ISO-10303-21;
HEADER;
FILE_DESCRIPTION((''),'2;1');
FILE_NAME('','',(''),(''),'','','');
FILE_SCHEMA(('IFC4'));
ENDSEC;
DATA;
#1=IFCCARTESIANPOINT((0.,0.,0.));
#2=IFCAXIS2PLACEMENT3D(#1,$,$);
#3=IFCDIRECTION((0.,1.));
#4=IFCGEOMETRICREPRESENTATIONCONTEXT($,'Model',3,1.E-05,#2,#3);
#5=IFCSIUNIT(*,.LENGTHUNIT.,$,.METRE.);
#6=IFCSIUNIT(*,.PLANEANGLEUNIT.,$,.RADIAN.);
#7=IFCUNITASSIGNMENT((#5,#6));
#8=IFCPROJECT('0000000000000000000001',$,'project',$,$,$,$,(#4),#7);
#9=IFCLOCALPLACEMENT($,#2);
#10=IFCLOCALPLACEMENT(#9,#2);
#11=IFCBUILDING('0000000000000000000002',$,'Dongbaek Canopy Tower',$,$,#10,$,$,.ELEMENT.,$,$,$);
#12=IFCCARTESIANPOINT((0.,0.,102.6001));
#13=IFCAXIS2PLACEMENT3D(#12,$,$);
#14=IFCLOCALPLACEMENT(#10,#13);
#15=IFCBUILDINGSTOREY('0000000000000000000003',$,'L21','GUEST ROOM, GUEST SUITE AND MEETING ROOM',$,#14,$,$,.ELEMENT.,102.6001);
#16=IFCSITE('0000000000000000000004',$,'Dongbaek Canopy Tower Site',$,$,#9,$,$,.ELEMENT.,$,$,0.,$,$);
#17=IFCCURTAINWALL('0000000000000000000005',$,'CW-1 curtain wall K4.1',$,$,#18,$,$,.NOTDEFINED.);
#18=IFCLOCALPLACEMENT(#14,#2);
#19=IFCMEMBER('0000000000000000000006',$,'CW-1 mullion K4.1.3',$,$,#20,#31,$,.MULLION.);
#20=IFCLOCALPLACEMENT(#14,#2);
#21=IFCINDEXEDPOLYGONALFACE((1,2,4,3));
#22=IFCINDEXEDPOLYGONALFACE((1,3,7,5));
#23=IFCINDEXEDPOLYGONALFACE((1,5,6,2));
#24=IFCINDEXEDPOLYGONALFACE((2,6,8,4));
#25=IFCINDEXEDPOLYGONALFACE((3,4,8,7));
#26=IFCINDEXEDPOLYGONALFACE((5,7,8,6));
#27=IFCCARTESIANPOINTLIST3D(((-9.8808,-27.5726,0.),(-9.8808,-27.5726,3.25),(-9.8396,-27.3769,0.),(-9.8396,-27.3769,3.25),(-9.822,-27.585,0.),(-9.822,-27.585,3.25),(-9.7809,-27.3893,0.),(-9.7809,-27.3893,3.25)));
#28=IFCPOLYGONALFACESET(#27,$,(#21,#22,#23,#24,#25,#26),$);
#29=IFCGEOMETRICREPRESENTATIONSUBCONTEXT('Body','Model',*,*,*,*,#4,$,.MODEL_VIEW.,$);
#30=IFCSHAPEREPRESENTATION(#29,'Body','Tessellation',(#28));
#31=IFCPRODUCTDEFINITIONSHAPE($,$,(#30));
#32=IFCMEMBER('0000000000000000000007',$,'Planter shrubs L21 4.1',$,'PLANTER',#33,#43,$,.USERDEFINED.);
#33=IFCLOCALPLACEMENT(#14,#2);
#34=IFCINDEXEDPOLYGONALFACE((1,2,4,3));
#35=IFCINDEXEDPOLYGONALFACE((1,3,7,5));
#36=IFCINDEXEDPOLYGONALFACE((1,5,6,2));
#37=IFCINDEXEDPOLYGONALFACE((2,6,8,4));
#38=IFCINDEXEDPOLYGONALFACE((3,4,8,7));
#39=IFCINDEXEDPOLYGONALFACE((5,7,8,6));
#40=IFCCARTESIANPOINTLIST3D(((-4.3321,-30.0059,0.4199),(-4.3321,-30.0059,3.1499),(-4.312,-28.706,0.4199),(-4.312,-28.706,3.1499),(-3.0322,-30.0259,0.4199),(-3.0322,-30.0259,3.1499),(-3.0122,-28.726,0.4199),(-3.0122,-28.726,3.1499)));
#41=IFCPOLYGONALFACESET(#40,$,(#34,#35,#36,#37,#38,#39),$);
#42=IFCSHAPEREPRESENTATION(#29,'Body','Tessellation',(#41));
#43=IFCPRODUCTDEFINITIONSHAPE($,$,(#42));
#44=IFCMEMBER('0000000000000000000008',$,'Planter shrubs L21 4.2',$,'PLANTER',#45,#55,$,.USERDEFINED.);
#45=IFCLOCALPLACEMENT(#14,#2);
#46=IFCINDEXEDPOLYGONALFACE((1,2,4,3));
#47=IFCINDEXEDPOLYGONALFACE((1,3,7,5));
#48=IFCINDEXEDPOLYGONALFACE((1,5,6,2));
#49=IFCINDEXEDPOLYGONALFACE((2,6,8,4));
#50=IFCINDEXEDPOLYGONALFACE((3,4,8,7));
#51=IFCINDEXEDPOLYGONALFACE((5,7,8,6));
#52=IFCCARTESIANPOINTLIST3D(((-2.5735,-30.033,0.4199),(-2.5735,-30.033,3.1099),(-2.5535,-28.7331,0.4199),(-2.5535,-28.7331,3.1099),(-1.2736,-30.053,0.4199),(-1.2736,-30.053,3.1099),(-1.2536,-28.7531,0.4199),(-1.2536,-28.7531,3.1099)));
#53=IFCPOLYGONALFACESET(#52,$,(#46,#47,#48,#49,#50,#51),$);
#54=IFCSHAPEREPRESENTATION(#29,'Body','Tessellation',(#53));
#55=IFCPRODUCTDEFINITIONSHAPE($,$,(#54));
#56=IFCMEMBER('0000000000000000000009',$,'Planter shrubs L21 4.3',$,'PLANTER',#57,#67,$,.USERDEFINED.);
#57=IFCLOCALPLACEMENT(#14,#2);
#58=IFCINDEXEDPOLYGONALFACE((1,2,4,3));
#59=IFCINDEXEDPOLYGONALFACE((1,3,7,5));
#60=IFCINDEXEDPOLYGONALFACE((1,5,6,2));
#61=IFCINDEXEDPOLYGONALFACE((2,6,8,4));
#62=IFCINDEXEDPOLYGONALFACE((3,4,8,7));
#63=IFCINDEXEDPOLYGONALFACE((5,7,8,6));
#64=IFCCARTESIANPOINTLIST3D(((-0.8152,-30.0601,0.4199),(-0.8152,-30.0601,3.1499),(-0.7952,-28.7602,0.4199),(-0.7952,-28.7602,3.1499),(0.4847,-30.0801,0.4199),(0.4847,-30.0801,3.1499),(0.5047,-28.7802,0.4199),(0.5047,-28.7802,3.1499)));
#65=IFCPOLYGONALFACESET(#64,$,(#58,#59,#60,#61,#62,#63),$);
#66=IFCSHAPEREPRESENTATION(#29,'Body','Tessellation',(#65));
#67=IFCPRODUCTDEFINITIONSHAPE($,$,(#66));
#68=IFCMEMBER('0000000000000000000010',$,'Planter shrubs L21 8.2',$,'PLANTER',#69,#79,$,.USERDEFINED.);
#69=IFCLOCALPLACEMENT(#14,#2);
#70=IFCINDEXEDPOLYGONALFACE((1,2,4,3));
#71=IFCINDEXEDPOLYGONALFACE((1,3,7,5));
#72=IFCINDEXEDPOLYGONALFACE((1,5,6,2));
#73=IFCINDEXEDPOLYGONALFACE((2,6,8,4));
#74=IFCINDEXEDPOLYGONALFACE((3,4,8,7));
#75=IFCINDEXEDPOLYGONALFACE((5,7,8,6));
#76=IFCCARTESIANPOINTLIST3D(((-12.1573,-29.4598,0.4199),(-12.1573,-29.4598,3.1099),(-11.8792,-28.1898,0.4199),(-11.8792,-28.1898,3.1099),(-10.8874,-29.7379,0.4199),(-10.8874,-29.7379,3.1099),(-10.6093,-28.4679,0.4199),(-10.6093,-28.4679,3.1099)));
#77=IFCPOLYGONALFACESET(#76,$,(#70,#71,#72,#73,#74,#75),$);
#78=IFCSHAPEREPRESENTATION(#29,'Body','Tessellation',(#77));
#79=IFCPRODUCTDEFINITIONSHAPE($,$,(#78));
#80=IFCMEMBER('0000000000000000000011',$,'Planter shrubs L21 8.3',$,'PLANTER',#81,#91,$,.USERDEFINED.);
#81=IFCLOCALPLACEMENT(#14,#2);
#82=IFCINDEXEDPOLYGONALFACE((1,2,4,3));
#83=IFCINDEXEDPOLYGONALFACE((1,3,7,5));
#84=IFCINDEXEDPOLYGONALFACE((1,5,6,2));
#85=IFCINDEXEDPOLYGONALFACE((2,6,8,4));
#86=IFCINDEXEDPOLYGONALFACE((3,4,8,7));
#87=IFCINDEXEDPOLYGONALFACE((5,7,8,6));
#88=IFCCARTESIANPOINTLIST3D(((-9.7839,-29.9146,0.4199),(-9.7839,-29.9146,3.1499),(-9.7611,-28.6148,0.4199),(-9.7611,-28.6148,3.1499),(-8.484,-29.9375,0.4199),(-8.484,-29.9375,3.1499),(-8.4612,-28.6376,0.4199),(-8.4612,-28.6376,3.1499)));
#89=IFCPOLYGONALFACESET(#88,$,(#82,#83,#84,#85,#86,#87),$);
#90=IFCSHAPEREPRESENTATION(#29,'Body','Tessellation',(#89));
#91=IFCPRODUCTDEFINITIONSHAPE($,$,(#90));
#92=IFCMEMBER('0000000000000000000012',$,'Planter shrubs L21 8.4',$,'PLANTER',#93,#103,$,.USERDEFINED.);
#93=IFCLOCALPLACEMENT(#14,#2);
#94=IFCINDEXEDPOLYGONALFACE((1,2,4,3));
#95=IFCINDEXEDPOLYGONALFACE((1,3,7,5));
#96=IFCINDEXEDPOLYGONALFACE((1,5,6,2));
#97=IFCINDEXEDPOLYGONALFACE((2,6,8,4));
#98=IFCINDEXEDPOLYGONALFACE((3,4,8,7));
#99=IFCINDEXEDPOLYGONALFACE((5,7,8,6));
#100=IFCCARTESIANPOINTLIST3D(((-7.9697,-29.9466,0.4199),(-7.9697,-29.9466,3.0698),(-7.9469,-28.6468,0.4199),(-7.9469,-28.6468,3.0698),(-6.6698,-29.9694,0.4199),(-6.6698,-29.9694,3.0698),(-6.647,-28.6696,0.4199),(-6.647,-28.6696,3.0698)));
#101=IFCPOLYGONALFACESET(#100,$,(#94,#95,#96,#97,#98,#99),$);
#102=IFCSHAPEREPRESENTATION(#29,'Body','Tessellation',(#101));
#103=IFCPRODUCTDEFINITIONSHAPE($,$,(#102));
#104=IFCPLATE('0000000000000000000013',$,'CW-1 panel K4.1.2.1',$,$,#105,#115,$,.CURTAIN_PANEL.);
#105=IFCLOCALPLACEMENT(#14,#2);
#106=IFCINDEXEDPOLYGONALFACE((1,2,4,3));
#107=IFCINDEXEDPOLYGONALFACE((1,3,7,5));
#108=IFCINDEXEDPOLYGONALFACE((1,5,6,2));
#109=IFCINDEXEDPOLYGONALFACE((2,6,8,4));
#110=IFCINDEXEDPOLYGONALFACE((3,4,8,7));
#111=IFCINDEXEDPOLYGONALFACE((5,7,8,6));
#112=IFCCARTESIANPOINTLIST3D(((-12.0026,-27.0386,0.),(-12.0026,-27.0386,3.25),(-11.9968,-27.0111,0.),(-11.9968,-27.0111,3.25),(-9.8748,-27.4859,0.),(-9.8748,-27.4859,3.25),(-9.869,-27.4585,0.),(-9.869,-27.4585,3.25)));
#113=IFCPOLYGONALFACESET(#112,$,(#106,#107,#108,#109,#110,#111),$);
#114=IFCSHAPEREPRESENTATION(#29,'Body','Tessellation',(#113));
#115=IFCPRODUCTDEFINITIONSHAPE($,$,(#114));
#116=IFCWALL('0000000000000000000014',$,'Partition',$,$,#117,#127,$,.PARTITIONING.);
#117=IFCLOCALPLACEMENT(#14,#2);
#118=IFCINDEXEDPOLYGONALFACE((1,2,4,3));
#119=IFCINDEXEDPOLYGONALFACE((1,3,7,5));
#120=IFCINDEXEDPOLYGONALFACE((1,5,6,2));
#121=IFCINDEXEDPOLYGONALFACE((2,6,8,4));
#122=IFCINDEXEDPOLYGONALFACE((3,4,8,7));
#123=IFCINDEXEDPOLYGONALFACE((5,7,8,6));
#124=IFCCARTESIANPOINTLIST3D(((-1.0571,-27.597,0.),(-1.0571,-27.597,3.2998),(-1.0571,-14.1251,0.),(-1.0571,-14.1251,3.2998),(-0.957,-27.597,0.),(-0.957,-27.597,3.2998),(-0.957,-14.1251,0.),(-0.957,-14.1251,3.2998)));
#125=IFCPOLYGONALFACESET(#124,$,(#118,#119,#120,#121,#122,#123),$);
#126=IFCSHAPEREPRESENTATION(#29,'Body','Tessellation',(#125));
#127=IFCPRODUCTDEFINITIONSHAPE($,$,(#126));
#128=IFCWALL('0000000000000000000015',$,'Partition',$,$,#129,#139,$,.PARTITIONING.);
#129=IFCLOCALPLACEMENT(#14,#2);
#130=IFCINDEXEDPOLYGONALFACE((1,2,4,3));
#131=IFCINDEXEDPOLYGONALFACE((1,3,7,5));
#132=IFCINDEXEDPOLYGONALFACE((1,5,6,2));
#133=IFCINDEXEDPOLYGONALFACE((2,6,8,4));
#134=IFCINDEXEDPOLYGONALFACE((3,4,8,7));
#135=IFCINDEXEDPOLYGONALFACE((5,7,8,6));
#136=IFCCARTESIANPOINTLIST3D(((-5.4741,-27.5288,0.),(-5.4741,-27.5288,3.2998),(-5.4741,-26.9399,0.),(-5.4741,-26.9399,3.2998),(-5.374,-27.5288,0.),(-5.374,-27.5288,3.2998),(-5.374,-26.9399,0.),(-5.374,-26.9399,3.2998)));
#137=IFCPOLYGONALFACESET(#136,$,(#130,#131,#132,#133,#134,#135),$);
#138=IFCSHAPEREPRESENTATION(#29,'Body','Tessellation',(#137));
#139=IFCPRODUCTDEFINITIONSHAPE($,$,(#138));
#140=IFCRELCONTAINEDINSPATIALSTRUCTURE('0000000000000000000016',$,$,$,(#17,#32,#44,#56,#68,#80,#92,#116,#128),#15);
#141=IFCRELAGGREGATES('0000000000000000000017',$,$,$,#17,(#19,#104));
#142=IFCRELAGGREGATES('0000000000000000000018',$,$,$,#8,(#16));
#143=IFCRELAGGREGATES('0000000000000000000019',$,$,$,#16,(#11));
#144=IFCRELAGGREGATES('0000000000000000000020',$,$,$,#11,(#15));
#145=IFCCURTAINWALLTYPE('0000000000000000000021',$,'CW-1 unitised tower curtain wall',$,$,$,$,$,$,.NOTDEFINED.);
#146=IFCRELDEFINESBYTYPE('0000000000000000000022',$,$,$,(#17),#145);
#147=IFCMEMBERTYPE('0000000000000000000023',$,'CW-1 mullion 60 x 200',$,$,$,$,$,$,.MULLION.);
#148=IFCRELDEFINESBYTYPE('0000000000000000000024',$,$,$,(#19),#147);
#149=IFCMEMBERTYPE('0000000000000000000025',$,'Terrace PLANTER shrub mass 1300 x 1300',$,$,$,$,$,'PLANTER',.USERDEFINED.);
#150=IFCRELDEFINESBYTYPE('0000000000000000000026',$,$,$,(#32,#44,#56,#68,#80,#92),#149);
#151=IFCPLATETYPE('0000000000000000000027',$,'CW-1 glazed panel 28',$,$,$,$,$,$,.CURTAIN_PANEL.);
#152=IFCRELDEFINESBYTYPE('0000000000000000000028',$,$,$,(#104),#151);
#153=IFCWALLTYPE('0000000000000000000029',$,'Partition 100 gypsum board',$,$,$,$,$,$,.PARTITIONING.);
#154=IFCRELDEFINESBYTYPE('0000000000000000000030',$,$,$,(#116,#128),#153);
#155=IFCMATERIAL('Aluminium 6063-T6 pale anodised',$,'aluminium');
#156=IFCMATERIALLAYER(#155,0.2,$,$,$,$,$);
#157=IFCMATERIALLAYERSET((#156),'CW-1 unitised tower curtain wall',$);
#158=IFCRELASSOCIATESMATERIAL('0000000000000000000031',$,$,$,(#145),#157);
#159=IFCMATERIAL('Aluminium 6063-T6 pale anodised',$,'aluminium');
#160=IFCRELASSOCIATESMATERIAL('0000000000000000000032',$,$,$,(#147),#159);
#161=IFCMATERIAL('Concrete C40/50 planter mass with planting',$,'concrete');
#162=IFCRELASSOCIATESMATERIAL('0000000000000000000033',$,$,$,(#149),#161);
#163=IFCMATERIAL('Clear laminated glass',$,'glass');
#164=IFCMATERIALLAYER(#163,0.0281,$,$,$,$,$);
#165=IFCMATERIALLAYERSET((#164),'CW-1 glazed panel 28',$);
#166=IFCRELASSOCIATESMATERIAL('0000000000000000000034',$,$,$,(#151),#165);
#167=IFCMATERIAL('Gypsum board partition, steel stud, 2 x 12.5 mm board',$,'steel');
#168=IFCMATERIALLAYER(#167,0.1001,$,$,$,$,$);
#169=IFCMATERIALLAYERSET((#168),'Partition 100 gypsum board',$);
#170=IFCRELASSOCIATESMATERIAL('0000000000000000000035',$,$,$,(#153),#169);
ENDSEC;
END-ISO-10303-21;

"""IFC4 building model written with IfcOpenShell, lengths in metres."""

from ifc_helpers import new_model, si_unit, direction, frame, frame_2d, origin, origin_2d, place, context, subcontext, project, spatial, rectangle, extrude, material, layer, layer_set, material_profile, profile_set, type_object, element, aggregate, save


model = new_model("IFC4")

# Units and contexts
model_context = context("Model", 3, precision=1e-05, world=origin(), true_north=direction((0.0, 1.0)))
body_context = subcontext(model_context, "Body", "Model", "MODEL_VIEW")
ifc_project = project(units=[si_unit("LENGTHUNIT", "METRE"), si_unit("PLANEANGLEUNIT", "RADIAN")], contexts=[model_context])

# Site, building, storey
site_placement = place(None, origin())
site = spatial("IfcSite", under=ifc_project, at=site_placement, Name="Dongbaek Canopy Tower Site", CompositionType="ELEMENT", RefElevation=0.0)
building_placement = place(site_placement, origin())
building = spatial("IfcBuilding", under=site, at=building_placement, Name="Dongbaek Canopy Tower", CompositionType="ELEMENT")
storey_placement = place(building_placement, frame((0.0, 0.0, 102.6001)))
storey = spatial("IfcBuildingStorey", under=building, at=storey_placement, Name="L21", Description="GUEST ROOM, GUEST SUITE AND MEETING ROOM", CompositionType="ELEMENT", Elevation=102.6001)

# Curtain wall, member
ifc_material_1 = material(Name="Aluminium 6063-T6 pale anodised", Category="aluminium")
ifc_layer_1 = layer(ifc_material_1, 0.2)
ifc_layer_set_1 = layer_set([ifc_layer_1], Name="CW-1 unitised tower curtain wall")
curtain_wall_type = type_object("IfcCurtainWallType", Name="CW-1 unitised tower curtain wall", PredefinedType="NOTDEFINED", material=ifc_layer_set_1)
curtain_wall_placement = place(storey_placement, origin())
curtain_wall = element("IfcCurtainWall", 1, at=curtain_wall_placement, inside=storey, type_object=curtain_wall_type, Name="CW-1 curtain wall K4.1", PredefinedType="NOTDEFINED")
ifc_material_2 = material(Name="Aluminium 6063-T6 pale anodised", Category="aluminium")
ifc_material_profile_1 = material_profile(ifc_material_2, rectangle(XDim=0.2, YDim=0.0601, at=origin_2d()), Name="CW-1 mullion 60 x 200")
ifc_profile_set_1 = profile_set([ifc_material_profile_1], Name="Aluminium 6063-T6 pale anodised")
member_type_1 = type_object("IfcMemberType", Name="CW-1 mullion 60 x 200", PredefinedType="MULLION", material=ifc_profile_set_1)
member_1_placement = place(storey_placement, frame((-9.8308, -27.481, 0.0), z_axis=(0.0, 0.0, 1.0), x_axis=(-0.205723, -0.97861, 0.0)))
member_1 = element("IfcMember", 2, at=member_1_placement, type_object=member_type_1, Name="CW-1 mullion K4.1.3", PredefinedType="MULLION", context=body_context, shape_type="SweptSolid", body=[
    extrude(rectangle(XDim=0.2, YDim=0.0601, at=origin_2d()), origin(), (0.0, 0.0, 1.0), 3.25),
])

# Members
ifc_material_3 = material(Name="Concrete C40/50 planter mass with planting", Category="concrete")
ifc_material_profile_2 = material_profile(ifc_material_3, rectangle(XDim=1.3, YDim=1.3, at=origin_2d()), Name="Terrace PLANTER shrub mass 1300 x 1300")
ifc_profile_set_2 = profile_set([ifc_material_profile_2], Name="Concrete C40/50 planter mass with planting")
member_type_2 = type_object("IfcMemberType", Name="Terrace PLANTER shrub mass 1300 x 1300", ElementType="PLANTER", PredefinedType="USERDEFINED", material=ifc_profile_set_2)
member_2_placement = place(storey_placement, frame((-3.6721, -29.366, 0.4199), z_axis=(0.0, 0.0, 1.0), x_axis=(-0.015413, -0.999881, 0.0)))
element("IfcMember", 3, at=member_2_placement, inside=storey, type_object=member_type_2, Name="Planter shrubs L21 4.1", ObjectType="PLANTER", PredefinedType="USERDEFINED", context=body_context, shape_type="SweptSolid", body=[
    extrude(rectangle(XDim=1.3, YDim=1.3, at=origin_2d()), origin(), (0.0, 0.0, 1.0), 2.73),
])
member_3_placement = place(storey_placement, frame((-1.9136, -29.3931, 0.4199), z_axis=(0.0, 0.0, 1.0), x_axis=(-0.015413, -0.999881, 0.0)))
element("IfcMember", 4, at=member_3_placement, inside=storey, type_object=member_type_2, Name="Planter shrubs L21 4.2", ObjectType="PLANTER", PredefinedType="USERDEFINED", context=body_context, shape_type="SweptSolid", body=[
    extrude(rectangle(XDim=1.3, YDim=1.3, at=origin_2d()), origin(), (0.0, 0.0, 1.0), 2.6899),
])
member_4_placement = place(storey_placement, frame((-0.1553, -29.4202, 0.4199), z_axis=(0.0, 0.0, 1.0), x_axis=(-0.015413, -0.999881, 0.0)))
element("IfcMember", 5, at=member_4_placement, inside=storey, type_object=member_type_2, Name="Planter shrubs L21 4.3", ObjectType="PLANTER", PredefinedType="USERDEFINED", context=body_context, shape_type="SweptSolid", body=[
    extrude(rectangle(XDim=1.3, YDim=1.3, at=origin_2d()), origin(), (0.0, 0.0, 1.0), 2.73),
])
member_5_placement = place(storey_placement, frame((-11.3833, -28.9639, 0.4199), z_axis=(0.0, 0.0, 1.0), x_axis=(-0.213916, -0.976852, 0.0)))
element("IfcMember", 6, at=member_5_placement, inside=storey, type_object=member_type_2, Name="Planter shrubs L21 8.2", ObjectType="PLANTER", PredefinedType="USERDEFINED", context=body_context, shape_type="SweptSolid", body=[
    extrude(rectangle(XDim=1.3, YDim=1.3, at=origin_2d()), origin(), (0.0, 0.0, 1.0), 2.6899),
])
member_6_placement = place(storey_placement, frame((-9.1226, -29.2761, 0.4199), z_axis=(0.0, 0.0, 1.0), x_axis=(-0.017552, -0.999846, 0.0)))
element("IfcMember", 7, at=member_6_placement, inside=storey, type_object=member_type_2, Name="Planter shrubs L21 8.3", ObjectType="PLANTER", PredefinedType="USERDEFINED", context=body_context, shape_type="SweptSolid", body=[
    extrude(rectangle(XDim=1.3, YDim=1.3, at=origin_2d()), origin(), (0.0, 0.0, 1.0), 2.73),
])
member_7_placement = place(storey_placement, frame((-7.3083, -29.3081, 0.4199), z_axis=(0.0, 0.0, 1.0), x_axis=(-0.017552, -0.999846, 0.0)))
element("IfcMember", 8, at=member_7_placement, inside=storey, type_object=member_type_2, Name="Planter shrubs L21 8.4", ObjectType="PLANTER", PredefinedType="USERDEFINED", context=body_context, shape_type="SweptSolid", body=[
    extrude(rectangle(XDim=1.3, YDim=1.3, at=origin_2d()), origin(), (0.0, 0.0, 1.0), 2.6499),
])

# Plate
ifc_material_4 = material(Name="Clear laminated glass", Category="glass")
ifc_layer_2 = layer(ifc_material_4, 0.0281)
ifc_layer_set_2 = layer_set([ifc_layer_2], Name="CW-1 glazed panel 28")
plate_type = type_object("IfcPlateType", Name="CW-1 glazed panel 28", PredefinedType="CURTAIN_PANEL", material=ifc_layer_set_2)
plate_placement = place(storey_placement, frame((-10.9358, -27.2485, 0.0), z_axis=(0.0, 0.0, 1.0), x_axis=(0.97861, -0.205723, 0.0)))
plate = element("IfcPlate", 9, at=plate_placement, type_object=plate_type, Name="CW-1 panel K4.1.2.1", PredefinedType="CURTAIN_PANEL", context=body_context, shape_type="SweptSolid", body=[
    extrude(rectangle(XDim=2.1743, YDim=0.0281, at=origin_2d()), origin(), (0.0, 0.0, 1.0), 3.25),
])
aggregate(curtain_wall, [member_1, plate])

# Walls
ifc_material_5 = material(Name="Gypsum board partition, steel stud, 2 x 12.5 mm board", Category="steel")
ifc_layer_3 = layer(ifc_material_5, 0.1001)
ifc_layer_set_3 = layer_set([ifc_layer_3], Name="Partition 100 gypsum board")
wall_type_1 = type_object("IfcWallType", Name="Partition 100 gypsum board", PredefinedType="PARTITIONING", material=ifc_layer_set_3)
wall_1_placement = place(storey_placement, frame((-1.0071, -27.5969, 0.0), z_axis=(0.0, 0.0, 1.0), x_axis=(0.0, 1.0, 0.0)))
element("IfcWall", 10, at=wall_1_placement, inside=storey, type_object=wall_type_1, Name="Partition", PredefinedType="PARTITIONING", context=body_context, shape_type="SweptSolid", body=[
    extrude(rectangle(XDim=13.4719, YDim=0.1001, at=frame_2d((6.7358, 0.0))), origin(), (0.0, 0.0, 1.0), 3.2998),
])
wall_2_placement = place(storey_placement, frame((-5.4241, -27.5288, 0.0), z_axis=(0.0, 0.0, 1.0), x_axis=(0.0, 1.0, 0.0)))
element("IfcWall", 11, at=wall_2_placement, inside=storey, type_object=wall_type_1, Name="Partition", PredefinedType="PARTITIONING", context=body_context, shape_type="SweptSolid", body=[
    extrude(rectangle(XDim=0.5889, YDim=0.1001, at=frame_2d((0.2944, 0.0))), origin(), (0.0, 0.0, 1.0), 3.2998),
])

save(model, "model.ifc")
